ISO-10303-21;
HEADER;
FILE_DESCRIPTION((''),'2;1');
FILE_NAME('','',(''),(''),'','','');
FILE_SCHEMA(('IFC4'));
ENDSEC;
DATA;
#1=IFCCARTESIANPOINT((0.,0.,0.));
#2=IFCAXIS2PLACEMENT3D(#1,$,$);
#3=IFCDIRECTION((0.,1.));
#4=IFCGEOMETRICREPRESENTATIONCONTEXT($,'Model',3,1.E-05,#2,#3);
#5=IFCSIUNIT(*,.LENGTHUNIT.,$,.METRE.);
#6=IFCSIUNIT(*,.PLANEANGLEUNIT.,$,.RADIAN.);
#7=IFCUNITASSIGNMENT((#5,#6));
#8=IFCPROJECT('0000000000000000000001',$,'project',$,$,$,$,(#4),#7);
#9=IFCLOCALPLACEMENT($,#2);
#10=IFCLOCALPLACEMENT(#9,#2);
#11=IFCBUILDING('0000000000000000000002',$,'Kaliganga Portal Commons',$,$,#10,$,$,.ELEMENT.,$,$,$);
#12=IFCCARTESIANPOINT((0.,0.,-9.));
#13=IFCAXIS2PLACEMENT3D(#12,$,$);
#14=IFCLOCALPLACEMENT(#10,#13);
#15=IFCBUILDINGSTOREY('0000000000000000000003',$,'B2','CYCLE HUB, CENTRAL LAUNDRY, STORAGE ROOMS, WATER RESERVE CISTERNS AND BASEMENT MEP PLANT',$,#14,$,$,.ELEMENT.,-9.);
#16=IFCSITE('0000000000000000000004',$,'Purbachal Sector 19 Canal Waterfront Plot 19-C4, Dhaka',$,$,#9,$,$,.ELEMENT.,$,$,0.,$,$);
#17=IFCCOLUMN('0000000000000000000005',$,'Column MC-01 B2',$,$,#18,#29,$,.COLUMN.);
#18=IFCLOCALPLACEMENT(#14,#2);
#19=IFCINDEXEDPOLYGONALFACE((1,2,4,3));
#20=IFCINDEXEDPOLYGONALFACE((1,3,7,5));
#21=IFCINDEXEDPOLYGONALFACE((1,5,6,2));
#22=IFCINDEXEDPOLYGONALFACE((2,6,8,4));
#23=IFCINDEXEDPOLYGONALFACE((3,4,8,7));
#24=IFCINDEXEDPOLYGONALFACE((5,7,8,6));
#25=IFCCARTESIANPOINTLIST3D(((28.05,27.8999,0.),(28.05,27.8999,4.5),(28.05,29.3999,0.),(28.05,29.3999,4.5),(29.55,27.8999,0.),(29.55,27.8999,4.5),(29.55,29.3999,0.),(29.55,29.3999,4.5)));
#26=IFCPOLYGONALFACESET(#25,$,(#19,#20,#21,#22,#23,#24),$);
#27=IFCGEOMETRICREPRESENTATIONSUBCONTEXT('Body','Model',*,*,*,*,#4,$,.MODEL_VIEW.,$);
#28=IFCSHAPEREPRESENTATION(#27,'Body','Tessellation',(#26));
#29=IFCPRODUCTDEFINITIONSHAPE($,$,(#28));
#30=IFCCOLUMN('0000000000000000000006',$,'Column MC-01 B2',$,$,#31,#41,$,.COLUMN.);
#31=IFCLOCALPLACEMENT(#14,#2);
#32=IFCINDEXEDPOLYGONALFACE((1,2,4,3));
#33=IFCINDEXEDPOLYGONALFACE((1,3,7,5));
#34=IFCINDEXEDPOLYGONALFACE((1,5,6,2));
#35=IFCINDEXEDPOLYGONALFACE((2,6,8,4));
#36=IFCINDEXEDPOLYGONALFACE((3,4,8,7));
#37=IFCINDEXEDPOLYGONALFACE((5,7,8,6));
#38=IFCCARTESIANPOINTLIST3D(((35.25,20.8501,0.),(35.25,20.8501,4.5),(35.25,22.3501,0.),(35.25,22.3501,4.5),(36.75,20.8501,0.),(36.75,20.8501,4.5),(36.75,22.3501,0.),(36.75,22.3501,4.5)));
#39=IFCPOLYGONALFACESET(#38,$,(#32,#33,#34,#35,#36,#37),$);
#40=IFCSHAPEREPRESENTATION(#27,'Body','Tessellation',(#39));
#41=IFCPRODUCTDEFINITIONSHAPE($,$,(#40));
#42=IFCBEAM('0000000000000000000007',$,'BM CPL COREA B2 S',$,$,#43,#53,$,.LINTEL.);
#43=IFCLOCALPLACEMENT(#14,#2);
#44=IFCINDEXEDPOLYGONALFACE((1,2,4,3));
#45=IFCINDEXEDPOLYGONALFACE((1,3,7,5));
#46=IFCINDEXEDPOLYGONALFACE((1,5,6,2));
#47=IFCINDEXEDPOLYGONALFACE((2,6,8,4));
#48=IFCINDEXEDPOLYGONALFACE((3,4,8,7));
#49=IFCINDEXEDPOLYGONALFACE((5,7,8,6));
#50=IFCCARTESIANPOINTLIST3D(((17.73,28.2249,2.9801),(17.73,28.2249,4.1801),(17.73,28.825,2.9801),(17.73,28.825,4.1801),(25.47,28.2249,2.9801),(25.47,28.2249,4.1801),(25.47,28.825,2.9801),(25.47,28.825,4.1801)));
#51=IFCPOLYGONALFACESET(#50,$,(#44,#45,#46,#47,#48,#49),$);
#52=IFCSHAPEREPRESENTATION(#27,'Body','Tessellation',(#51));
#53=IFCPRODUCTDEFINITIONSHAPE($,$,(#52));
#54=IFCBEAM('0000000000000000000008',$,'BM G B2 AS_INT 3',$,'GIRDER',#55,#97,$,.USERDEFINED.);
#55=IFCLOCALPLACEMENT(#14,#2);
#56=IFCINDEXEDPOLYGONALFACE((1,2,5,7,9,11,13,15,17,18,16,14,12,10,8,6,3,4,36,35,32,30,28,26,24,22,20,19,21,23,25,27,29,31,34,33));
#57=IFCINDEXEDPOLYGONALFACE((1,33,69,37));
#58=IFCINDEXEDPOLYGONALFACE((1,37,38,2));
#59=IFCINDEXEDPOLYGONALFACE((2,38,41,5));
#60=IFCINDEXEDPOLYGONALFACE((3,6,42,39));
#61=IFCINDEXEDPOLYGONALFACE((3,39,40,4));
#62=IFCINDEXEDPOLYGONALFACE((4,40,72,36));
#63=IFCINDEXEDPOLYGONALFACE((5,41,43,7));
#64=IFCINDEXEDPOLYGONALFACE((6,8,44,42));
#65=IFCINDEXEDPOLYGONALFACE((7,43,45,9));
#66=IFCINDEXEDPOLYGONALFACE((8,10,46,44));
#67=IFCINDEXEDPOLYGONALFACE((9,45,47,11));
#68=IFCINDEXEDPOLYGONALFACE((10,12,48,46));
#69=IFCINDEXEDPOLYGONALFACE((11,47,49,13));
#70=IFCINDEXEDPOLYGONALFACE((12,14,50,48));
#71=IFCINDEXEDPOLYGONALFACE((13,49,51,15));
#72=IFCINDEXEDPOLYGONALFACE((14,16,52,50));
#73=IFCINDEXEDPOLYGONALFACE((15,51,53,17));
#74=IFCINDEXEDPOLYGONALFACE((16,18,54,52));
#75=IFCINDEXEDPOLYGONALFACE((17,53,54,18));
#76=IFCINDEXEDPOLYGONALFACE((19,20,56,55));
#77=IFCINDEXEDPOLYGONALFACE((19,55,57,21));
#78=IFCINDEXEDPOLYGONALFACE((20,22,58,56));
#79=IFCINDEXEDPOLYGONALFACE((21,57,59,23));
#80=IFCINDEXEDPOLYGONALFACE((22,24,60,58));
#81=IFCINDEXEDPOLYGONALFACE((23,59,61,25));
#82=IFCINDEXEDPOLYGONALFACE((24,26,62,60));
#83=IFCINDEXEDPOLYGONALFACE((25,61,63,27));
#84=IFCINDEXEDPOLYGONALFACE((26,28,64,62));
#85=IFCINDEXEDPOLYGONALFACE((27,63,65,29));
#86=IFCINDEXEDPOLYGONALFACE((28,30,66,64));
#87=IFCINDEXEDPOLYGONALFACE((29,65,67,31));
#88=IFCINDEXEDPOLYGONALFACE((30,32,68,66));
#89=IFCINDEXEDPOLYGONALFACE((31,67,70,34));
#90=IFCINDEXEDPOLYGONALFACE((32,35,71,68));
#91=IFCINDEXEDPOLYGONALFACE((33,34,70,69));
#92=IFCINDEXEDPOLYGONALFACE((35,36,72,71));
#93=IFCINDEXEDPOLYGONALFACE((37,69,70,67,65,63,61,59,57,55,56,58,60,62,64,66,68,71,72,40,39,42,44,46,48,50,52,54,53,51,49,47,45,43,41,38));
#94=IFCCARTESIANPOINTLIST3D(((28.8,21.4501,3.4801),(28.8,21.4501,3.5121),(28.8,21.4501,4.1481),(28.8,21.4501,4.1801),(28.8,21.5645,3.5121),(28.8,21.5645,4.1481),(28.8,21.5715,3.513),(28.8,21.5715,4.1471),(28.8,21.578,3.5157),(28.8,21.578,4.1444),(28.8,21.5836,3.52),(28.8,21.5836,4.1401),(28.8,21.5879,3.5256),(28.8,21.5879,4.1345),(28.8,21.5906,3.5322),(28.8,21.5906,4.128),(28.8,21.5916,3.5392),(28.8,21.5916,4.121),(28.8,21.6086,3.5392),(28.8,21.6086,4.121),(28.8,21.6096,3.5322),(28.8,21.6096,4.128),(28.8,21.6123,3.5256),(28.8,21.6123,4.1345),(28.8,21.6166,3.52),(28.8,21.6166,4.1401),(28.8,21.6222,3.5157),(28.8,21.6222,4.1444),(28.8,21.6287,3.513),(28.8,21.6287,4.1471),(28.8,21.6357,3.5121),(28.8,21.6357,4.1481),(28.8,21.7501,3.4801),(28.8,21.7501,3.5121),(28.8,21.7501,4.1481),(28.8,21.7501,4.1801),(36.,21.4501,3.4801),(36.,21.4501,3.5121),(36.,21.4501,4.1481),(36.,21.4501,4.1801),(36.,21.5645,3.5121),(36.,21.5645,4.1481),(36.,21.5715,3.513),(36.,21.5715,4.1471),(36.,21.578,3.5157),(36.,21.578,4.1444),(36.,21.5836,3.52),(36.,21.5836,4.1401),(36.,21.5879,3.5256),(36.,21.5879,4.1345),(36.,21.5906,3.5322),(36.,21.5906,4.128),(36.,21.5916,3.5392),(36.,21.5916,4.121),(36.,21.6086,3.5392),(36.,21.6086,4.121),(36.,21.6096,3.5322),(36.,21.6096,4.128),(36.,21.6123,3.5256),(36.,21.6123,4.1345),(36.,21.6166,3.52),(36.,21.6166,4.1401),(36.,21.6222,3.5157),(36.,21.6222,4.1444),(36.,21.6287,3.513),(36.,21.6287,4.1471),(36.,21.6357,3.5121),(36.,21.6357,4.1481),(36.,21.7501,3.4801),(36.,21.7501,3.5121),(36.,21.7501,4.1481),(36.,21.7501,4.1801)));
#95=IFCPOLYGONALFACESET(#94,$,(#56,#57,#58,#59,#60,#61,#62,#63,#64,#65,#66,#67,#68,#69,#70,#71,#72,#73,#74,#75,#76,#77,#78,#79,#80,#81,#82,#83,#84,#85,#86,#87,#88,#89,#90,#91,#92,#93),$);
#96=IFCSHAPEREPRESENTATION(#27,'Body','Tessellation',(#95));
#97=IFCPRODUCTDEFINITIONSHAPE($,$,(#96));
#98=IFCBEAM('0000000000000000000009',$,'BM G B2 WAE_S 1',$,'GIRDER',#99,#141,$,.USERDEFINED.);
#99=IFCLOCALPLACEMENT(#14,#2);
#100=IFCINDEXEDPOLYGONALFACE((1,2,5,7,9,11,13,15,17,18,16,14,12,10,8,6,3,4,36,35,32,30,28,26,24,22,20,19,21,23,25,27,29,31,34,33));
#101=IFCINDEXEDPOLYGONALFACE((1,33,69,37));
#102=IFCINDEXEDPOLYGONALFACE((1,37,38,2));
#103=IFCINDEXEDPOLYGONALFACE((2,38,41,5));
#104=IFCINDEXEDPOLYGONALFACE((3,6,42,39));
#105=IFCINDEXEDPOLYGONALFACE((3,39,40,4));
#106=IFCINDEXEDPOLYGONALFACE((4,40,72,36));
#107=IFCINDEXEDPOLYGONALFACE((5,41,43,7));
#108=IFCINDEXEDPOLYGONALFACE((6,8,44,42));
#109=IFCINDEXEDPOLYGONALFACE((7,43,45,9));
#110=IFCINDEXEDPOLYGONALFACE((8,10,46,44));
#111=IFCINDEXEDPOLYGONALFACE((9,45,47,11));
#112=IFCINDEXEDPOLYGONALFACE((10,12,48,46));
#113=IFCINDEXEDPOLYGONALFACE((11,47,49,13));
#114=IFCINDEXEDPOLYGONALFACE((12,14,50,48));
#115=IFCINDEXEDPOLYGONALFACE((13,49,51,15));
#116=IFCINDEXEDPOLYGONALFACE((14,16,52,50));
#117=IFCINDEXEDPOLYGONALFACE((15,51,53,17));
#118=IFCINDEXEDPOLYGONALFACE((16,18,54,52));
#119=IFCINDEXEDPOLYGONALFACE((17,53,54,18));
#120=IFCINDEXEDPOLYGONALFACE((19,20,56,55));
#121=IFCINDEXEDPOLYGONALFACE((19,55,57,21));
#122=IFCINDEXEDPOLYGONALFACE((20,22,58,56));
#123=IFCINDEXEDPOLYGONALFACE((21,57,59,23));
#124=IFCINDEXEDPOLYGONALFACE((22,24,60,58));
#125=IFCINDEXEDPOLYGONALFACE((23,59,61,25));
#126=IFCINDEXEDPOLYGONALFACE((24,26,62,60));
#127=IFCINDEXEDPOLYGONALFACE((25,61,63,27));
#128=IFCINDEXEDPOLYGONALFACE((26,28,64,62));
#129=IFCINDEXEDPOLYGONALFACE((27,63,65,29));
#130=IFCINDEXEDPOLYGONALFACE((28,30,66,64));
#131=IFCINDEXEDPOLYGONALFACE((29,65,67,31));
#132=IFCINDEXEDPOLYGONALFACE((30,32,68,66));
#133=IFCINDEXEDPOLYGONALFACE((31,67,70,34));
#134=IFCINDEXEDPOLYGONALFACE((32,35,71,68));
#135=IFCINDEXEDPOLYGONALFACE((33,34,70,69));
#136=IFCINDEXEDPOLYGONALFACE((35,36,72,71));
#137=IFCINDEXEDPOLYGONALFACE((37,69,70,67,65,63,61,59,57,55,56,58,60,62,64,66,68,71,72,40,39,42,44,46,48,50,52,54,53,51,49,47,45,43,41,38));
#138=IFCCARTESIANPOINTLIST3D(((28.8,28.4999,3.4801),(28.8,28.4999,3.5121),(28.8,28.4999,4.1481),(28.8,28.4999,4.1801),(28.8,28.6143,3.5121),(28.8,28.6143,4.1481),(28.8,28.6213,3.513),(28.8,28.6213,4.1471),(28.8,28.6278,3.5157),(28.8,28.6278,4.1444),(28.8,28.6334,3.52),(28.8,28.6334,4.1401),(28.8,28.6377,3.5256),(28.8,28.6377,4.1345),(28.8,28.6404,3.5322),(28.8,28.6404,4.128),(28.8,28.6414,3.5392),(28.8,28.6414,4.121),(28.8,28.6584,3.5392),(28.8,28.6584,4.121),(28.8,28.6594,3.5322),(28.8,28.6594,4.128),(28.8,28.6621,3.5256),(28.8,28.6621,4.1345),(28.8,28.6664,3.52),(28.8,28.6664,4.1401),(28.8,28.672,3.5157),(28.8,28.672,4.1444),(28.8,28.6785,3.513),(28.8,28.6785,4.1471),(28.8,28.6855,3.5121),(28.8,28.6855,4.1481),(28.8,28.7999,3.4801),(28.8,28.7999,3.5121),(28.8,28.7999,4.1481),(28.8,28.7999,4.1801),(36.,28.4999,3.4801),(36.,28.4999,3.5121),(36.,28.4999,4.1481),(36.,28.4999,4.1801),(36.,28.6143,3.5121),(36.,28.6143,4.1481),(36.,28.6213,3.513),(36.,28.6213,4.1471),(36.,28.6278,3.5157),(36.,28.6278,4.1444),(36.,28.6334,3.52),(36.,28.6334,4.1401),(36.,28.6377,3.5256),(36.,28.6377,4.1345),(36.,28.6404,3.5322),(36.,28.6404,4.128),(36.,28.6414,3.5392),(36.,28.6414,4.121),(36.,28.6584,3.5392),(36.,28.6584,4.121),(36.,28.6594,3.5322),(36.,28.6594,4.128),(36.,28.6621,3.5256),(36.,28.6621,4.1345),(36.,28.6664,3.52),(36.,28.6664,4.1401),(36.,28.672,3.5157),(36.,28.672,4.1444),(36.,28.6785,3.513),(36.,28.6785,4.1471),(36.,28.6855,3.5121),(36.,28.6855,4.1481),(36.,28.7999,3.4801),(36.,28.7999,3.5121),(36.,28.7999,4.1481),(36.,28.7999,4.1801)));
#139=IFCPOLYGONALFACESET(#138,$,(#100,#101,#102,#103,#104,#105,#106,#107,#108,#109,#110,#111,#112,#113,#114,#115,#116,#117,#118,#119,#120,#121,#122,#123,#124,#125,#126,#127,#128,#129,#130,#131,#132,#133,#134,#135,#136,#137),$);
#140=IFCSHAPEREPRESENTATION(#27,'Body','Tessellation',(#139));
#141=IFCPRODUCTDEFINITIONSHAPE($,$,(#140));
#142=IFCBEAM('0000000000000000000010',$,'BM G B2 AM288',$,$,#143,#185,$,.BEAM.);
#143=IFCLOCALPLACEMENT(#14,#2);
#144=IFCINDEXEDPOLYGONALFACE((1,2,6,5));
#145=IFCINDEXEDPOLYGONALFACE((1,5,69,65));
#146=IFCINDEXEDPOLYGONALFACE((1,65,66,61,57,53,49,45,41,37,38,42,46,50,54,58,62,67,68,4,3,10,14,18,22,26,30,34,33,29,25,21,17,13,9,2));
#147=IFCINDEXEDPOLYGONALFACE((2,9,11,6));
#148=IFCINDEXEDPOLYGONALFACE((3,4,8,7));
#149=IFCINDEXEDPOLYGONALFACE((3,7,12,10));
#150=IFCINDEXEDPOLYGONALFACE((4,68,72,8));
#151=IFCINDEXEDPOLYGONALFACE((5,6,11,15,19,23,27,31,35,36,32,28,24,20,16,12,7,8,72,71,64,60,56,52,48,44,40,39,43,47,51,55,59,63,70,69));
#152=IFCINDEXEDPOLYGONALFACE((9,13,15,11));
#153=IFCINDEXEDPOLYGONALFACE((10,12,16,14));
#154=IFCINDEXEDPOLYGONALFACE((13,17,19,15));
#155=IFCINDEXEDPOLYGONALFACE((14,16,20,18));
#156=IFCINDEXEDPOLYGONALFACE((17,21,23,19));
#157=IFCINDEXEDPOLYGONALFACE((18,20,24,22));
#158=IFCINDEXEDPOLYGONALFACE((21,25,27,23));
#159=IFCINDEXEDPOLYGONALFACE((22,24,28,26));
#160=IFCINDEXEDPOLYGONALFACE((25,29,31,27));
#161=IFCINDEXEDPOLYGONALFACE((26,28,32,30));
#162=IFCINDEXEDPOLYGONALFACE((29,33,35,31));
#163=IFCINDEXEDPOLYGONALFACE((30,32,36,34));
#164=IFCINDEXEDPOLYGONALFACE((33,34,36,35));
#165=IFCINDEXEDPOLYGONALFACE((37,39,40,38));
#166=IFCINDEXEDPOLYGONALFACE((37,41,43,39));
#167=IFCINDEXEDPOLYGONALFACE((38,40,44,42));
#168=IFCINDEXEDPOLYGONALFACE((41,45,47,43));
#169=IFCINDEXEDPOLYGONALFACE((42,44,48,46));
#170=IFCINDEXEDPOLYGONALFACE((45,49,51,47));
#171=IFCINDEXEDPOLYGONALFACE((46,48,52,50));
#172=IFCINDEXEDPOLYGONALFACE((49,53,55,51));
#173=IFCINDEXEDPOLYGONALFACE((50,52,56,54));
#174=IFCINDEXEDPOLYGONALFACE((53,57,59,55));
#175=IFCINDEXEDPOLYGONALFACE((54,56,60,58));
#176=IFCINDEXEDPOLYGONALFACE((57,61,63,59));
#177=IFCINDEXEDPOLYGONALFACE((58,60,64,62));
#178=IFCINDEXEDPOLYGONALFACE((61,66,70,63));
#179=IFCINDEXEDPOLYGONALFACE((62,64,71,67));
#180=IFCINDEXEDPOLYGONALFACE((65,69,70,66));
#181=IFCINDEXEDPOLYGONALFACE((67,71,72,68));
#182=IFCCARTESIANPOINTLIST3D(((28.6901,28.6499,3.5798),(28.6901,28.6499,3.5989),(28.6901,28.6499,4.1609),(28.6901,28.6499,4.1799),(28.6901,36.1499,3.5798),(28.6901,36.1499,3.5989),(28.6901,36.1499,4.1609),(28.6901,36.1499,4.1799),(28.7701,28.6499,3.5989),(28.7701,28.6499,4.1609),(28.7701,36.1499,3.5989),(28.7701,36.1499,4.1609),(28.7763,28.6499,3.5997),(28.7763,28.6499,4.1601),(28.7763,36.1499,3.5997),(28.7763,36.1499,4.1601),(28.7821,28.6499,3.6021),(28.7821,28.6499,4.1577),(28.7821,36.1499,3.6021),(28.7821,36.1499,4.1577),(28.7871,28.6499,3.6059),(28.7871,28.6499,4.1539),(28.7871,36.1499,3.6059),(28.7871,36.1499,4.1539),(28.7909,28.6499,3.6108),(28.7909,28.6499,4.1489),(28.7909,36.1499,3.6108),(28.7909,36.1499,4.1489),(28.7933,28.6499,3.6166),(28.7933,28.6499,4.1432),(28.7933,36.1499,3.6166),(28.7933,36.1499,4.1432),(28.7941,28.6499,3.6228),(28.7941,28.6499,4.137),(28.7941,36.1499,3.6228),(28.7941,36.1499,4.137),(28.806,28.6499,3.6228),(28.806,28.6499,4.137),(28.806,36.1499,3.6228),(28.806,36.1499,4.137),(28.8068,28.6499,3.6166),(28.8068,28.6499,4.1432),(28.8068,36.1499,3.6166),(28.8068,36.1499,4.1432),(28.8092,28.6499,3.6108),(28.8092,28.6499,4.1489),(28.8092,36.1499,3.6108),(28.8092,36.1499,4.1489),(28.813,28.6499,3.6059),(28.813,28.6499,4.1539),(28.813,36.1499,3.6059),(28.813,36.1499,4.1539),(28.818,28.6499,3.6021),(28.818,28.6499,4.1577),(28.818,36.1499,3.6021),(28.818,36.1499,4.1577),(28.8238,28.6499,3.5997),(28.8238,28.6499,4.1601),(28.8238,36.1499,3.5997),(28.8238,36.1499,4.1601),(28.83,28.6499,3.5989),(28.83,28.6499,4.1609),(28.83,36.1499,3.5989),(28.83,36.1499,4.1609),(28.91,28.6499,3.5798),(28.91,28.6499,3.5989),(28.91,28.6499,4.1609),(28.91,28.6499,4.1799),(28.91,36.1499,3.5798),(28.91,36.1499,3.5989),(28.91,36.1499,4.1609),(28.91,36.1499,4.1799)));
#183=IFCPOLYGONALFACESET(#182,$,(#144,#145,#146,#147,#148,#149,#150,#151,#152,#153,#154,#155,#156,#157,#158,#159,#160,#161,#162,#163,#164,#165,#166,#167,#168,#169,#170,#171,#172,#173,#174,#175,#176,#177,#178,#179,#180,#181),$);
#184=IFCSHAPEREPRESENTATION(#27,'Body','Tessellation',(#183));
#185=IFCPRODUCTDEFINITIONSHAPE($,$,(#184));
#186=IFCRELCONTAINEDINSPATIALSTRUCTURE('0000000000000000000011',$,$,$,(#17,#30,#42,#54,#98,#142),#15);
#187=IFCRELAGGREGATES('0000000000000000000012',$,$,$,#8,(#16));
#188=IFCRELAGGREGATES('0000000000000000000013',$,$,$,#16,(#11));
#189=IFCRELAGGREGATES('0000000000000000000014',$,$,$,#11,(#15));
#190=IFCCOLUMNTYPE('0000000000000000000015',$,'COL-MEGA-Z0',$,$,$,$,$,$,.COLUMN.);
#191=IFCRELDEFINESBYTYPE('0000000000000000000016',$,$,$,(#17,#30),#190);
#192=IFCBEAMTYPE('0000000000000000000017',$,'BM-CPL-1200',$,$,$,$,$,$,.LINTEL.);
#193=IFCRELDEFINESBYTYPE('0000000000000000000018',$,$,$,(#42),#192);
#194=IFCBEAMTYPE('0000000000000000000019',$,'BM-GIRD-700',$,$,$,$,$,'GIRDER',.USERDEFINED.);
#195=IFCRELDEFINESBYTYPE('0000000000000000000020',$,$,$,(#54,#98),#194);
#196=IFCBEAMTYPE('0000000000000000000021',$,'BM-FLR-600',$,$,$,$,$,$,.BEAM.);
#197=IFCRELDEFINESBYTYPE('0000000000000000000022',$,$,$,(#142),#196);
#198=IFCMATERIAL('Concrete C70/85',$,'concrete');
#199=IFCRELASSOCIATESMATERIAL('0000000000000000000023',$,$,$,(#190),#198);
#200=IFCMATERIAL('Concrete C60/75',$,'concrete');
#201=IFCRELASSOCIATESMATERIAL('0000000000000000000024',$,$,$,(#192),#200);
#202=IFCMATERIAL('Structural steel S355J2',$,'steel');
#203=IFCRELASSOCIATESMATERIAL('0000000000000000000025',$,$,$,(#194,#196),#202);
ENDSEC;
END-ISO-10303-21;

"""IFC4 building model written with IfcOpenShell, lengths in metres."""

from ifc_helpers import new_model, si_unit, direction, frame, origin, origin_2d, place, context, subcontext, project, spatial, rectangle, i_section, extrude, source, transform, mapped, material, material_profile, profile_set, type_object, element, save


model = new_model("IFC4")

# Units and contexts
model_context = context("Model", 3, precision=1e-05, world=origin(), true_north=direction((0.0, 1.0)))
body_context = subcontext(model_context, "Body", "Model", "MODEL_VIEW")
ifc_project = project(units=[si_unit("LENGTHUNIT", "METRE"), si_unit("PLANEANGLEUNIT", "RADIAN")], contexts=[model_context])

# Site, building, storey
site_placement = place(None, origin())
site = spatial("IfcSite", under=ifc_project, at=site_placement, Name="Purbachal Sector 19 Canal Waterfront Plot 19-C4, Dhaka", CompositionType="ELEMENT", RefElevation=0.0)
building_placement = place(site_placement, origin())
building = spatial("IfcBuilding", under=site, at=building_placement, Name="Kaliganga Portal Commons", CompositionType="ELEMENT")
storey_placement = place(building_placement, frame((0.0, 0.0, -9.0)))
storey = spatial("IfcBuildingStorey", under=building, at=storey_placement, Name="B2", Description="CYCLE HUB, CENTRAL LAUNDRY, STORAGE ROOMS, WATER RESERVE CISTERNS AND BASEMENT MEP PLANT", CompositionType="ELEMENT", Elevation=-9.0)

# Columns
ifc_material_1 = material(Name="Concrete C70/85", Category="concrete")
ifc_material_profile_1 = material_profile(ifc_material_1, rectangle(XDim=1.5, YDim=1.5, at=origin_2d()), Name="RC 1500x1500")
ifc_profile_set_1 = profile_set([ifc_material_profile_1], Name="Concrete C70/85")
column_type = type_object("IfcColumnType", Name="COL-MEGA-Z0", PredefinedType="COLUMN", material=ifc_profile_set_1)
shared_shape_1 = source(origin(), body_context, "Body", "SweptSolid", [
    extrude(rectangle(XDim=1.5, YDim=1.5, at=origin_2d()), origin(), (0.0, 0.0, 1.0), 4.5),
])
for number, where, z_axis, x_axis, name in (
    (1, (28.8, 28.6499, 0.0), (0.0, 0.0, 1.0), (1.0, 0.0, 0.0), "Column MC-01 B2"),
    (2, (36.0, 21.6001, 0.0), (0.0, 0.0, 1.0), (1.0, 0.0, 0.0), "Column MC-01 B2"),
):
    element("IfcColumn", number, at=place(storey_placement, frame(where, z_axis=z_axis, x_axis=x_axis)), inside=storey, type_object=column_type, Name=name, PredefinedType="COLUMN", context=body_context, shape_type="MappedRepresentation", body=[
        mapped(shared_shape_1, transform((0.0, 0.0, 0.0), x_axis=(1.0, 0.0, 0.0), y_axis=(0.0, 1.0, 0.0), z_axis=(0.0, 0.0, 1.0), scale=1.0)),
    ])

# Beams
ifc_material_2 = material(Name="Concrete C60/75", Category="concrete")
ifc_material_profile_2 = material_profile(ifc_material_2, rectangle(XDim=0.6001, YDim=1.2, at=origin_2d()), Name="RC 600x1200")
ifc_profile_set_2 = profile_set([ifc_material_profile_2], Name="Concrete C60/75")
beam_type_1 = type_object("IfcBeamType", Name="BM-CPL-1200", PredefinedType="LINTEL", material=ifc_profile_set_2)
shared_shape_2 = source(origin(), body_context, "Body", "SweptSolid", [
    extrude(rectangle(XDim=0.6001, YDim=1.2, at=origin_2d()), origin(), (0.0, 0.0, 1.0), 7.74),
])
beam_1_placement = place(storey_placement, frame((17.73, 28.5249, 3.5801), z_axis=(1.0, 0.0, 0.0), x_axis=(0.0, 1.0, 0.0)))
element("IfcBeam", 3, at=beam_1_placement, inside=storey, type_object=beam_type_1, Name="BM CPL COREA B2 S", PredefinedType="LINTEL", context=body_context, shape_type="MappedRepresentation", body=[
    mapped(shared_shape_2, transform((0.0, 0.0, 0.0), x_axis=(1.0, 0.0, 0.0), y_axis=(0.0, 1.0, 0.0), z_axis=(0.0, 0.0, 1.0), scale=1.0)),
])
ifc_material_3 = material(Name="Structural steel S355J2", Category="steel")
ifc_material_profile_3 = material_profile(ifc_material_3, i_section(OverallWidth=0.3, OverallDepth=0.7, WebThickness=0.0171, FlangeThickness=0.032, FilletRadius=0.0271, at=origin_2d()), Name="HE 700 B")
ifc_profile_set_3 = profile_set([ifc_material_profile_3], Name="Structural steel S355J2 wide-flange")
beam_type_2 = type_object("IfcBeamType", Name="BM-GIRD-700", ElementType="GIRDER", PredefinedType="USERDEFINED", material=ifc_profile_set_3)
shared_shape_3 = source(origin(), body_context, "Body", "SweptSolid", [
    extrude(i_section(OverallWidth=0.3, OverallDepth=0.7, WebThickness=0.0171, FlangeThickness=0.032, FilletRadius=0.0271, at=origin_2d()), origin(), (0.0, 0.0, 1.0), 7.2),
])
for number, where, z_axis, x_axis, name in (
    (4, (28.8, 21.6001, 3.8301), (1.0, 0.0, 0.0), (0.0, 1.0, 0.0), "BM G B2 AS_INT 3"),
    (5, (28.8, 28.6499, 3.8301), (1.0, 0.0, 0.0), (0.0, 1.0, 0.0), "BM G B2 WAE_S 1"),
):
    element("IfcBeam", number, at=place(storey_placement, frame(where, z_axis=z_axis, x_axis=x_axis)), inside=storey, type_object=beam_type_2, Name=name, ObjectType="GIRDER", PredefinedType="USERDEFINED", context=body_context, shape_type="MappedRepresentation", body=[
        mapped(shared_shape_3, transform((0.0, 0.0, 0.0), x_axis=(1.0, 0.0, 0.0), y_axis=(0.0, 1.0, 0.0), z_axis=(0.0, 0.0, 1.0), scale=1.0)),
    ])
ifc_material_profile_4 = material_profile(ifc_material_3, i_section(OverallWidth=0.22, OverallDepth=0.6001, WebThickness=0.012, FlangeThickness=0.019, FilletRadius=0.0239, at=origin_2d()), Name="IPE 600")
ifc_profile_set_4 = profile_set([ifc_material_profile_4], Name="Structural steel S355J2 wide-flange")
beam_type_3 = type_object("IfcBeamType", Name="BM-FLR-600", PredefinedType="BEAM", material=ifc_profile_set_4)
shared_shape_4 = source(origin(), body_context, "Body", "SweptSolid", [
    extrude(i_section(OverallWidth=0.22, OverallDepth=0.6001, WebThickness=0.012, FlangeThickness=0.019, FilletRadius=0.0239, at=origin_2d()), origin(), (0.0, 0.0, 1.0), 7.5),
])
beam_2_placement = place(storey_placement, frame((28.8, 28.6499, 3.8799), z_axis=(0.0, 1.0, 0.0), x_axis=(-1.0, 0.0, 0.0)))
element("IfcBeam", 6, at=beam_2_placement, inside=storey, type_object=beam_type_3, Name="BM G B2 AM288", PredefinedType="BEAM", context=body_context, shape_type="MappedRepresentation", body=[
    mapped(shared_shape_4, transform((0.0, 0.0, 0.0), x_axis=(1.0, 0.0, 0.0), y_axis=(0.0, 1.0, 0.0), z_axis=(0.0, 0.0, 1.0), scale=1.0)),
])

save(model, "model.ifc")
